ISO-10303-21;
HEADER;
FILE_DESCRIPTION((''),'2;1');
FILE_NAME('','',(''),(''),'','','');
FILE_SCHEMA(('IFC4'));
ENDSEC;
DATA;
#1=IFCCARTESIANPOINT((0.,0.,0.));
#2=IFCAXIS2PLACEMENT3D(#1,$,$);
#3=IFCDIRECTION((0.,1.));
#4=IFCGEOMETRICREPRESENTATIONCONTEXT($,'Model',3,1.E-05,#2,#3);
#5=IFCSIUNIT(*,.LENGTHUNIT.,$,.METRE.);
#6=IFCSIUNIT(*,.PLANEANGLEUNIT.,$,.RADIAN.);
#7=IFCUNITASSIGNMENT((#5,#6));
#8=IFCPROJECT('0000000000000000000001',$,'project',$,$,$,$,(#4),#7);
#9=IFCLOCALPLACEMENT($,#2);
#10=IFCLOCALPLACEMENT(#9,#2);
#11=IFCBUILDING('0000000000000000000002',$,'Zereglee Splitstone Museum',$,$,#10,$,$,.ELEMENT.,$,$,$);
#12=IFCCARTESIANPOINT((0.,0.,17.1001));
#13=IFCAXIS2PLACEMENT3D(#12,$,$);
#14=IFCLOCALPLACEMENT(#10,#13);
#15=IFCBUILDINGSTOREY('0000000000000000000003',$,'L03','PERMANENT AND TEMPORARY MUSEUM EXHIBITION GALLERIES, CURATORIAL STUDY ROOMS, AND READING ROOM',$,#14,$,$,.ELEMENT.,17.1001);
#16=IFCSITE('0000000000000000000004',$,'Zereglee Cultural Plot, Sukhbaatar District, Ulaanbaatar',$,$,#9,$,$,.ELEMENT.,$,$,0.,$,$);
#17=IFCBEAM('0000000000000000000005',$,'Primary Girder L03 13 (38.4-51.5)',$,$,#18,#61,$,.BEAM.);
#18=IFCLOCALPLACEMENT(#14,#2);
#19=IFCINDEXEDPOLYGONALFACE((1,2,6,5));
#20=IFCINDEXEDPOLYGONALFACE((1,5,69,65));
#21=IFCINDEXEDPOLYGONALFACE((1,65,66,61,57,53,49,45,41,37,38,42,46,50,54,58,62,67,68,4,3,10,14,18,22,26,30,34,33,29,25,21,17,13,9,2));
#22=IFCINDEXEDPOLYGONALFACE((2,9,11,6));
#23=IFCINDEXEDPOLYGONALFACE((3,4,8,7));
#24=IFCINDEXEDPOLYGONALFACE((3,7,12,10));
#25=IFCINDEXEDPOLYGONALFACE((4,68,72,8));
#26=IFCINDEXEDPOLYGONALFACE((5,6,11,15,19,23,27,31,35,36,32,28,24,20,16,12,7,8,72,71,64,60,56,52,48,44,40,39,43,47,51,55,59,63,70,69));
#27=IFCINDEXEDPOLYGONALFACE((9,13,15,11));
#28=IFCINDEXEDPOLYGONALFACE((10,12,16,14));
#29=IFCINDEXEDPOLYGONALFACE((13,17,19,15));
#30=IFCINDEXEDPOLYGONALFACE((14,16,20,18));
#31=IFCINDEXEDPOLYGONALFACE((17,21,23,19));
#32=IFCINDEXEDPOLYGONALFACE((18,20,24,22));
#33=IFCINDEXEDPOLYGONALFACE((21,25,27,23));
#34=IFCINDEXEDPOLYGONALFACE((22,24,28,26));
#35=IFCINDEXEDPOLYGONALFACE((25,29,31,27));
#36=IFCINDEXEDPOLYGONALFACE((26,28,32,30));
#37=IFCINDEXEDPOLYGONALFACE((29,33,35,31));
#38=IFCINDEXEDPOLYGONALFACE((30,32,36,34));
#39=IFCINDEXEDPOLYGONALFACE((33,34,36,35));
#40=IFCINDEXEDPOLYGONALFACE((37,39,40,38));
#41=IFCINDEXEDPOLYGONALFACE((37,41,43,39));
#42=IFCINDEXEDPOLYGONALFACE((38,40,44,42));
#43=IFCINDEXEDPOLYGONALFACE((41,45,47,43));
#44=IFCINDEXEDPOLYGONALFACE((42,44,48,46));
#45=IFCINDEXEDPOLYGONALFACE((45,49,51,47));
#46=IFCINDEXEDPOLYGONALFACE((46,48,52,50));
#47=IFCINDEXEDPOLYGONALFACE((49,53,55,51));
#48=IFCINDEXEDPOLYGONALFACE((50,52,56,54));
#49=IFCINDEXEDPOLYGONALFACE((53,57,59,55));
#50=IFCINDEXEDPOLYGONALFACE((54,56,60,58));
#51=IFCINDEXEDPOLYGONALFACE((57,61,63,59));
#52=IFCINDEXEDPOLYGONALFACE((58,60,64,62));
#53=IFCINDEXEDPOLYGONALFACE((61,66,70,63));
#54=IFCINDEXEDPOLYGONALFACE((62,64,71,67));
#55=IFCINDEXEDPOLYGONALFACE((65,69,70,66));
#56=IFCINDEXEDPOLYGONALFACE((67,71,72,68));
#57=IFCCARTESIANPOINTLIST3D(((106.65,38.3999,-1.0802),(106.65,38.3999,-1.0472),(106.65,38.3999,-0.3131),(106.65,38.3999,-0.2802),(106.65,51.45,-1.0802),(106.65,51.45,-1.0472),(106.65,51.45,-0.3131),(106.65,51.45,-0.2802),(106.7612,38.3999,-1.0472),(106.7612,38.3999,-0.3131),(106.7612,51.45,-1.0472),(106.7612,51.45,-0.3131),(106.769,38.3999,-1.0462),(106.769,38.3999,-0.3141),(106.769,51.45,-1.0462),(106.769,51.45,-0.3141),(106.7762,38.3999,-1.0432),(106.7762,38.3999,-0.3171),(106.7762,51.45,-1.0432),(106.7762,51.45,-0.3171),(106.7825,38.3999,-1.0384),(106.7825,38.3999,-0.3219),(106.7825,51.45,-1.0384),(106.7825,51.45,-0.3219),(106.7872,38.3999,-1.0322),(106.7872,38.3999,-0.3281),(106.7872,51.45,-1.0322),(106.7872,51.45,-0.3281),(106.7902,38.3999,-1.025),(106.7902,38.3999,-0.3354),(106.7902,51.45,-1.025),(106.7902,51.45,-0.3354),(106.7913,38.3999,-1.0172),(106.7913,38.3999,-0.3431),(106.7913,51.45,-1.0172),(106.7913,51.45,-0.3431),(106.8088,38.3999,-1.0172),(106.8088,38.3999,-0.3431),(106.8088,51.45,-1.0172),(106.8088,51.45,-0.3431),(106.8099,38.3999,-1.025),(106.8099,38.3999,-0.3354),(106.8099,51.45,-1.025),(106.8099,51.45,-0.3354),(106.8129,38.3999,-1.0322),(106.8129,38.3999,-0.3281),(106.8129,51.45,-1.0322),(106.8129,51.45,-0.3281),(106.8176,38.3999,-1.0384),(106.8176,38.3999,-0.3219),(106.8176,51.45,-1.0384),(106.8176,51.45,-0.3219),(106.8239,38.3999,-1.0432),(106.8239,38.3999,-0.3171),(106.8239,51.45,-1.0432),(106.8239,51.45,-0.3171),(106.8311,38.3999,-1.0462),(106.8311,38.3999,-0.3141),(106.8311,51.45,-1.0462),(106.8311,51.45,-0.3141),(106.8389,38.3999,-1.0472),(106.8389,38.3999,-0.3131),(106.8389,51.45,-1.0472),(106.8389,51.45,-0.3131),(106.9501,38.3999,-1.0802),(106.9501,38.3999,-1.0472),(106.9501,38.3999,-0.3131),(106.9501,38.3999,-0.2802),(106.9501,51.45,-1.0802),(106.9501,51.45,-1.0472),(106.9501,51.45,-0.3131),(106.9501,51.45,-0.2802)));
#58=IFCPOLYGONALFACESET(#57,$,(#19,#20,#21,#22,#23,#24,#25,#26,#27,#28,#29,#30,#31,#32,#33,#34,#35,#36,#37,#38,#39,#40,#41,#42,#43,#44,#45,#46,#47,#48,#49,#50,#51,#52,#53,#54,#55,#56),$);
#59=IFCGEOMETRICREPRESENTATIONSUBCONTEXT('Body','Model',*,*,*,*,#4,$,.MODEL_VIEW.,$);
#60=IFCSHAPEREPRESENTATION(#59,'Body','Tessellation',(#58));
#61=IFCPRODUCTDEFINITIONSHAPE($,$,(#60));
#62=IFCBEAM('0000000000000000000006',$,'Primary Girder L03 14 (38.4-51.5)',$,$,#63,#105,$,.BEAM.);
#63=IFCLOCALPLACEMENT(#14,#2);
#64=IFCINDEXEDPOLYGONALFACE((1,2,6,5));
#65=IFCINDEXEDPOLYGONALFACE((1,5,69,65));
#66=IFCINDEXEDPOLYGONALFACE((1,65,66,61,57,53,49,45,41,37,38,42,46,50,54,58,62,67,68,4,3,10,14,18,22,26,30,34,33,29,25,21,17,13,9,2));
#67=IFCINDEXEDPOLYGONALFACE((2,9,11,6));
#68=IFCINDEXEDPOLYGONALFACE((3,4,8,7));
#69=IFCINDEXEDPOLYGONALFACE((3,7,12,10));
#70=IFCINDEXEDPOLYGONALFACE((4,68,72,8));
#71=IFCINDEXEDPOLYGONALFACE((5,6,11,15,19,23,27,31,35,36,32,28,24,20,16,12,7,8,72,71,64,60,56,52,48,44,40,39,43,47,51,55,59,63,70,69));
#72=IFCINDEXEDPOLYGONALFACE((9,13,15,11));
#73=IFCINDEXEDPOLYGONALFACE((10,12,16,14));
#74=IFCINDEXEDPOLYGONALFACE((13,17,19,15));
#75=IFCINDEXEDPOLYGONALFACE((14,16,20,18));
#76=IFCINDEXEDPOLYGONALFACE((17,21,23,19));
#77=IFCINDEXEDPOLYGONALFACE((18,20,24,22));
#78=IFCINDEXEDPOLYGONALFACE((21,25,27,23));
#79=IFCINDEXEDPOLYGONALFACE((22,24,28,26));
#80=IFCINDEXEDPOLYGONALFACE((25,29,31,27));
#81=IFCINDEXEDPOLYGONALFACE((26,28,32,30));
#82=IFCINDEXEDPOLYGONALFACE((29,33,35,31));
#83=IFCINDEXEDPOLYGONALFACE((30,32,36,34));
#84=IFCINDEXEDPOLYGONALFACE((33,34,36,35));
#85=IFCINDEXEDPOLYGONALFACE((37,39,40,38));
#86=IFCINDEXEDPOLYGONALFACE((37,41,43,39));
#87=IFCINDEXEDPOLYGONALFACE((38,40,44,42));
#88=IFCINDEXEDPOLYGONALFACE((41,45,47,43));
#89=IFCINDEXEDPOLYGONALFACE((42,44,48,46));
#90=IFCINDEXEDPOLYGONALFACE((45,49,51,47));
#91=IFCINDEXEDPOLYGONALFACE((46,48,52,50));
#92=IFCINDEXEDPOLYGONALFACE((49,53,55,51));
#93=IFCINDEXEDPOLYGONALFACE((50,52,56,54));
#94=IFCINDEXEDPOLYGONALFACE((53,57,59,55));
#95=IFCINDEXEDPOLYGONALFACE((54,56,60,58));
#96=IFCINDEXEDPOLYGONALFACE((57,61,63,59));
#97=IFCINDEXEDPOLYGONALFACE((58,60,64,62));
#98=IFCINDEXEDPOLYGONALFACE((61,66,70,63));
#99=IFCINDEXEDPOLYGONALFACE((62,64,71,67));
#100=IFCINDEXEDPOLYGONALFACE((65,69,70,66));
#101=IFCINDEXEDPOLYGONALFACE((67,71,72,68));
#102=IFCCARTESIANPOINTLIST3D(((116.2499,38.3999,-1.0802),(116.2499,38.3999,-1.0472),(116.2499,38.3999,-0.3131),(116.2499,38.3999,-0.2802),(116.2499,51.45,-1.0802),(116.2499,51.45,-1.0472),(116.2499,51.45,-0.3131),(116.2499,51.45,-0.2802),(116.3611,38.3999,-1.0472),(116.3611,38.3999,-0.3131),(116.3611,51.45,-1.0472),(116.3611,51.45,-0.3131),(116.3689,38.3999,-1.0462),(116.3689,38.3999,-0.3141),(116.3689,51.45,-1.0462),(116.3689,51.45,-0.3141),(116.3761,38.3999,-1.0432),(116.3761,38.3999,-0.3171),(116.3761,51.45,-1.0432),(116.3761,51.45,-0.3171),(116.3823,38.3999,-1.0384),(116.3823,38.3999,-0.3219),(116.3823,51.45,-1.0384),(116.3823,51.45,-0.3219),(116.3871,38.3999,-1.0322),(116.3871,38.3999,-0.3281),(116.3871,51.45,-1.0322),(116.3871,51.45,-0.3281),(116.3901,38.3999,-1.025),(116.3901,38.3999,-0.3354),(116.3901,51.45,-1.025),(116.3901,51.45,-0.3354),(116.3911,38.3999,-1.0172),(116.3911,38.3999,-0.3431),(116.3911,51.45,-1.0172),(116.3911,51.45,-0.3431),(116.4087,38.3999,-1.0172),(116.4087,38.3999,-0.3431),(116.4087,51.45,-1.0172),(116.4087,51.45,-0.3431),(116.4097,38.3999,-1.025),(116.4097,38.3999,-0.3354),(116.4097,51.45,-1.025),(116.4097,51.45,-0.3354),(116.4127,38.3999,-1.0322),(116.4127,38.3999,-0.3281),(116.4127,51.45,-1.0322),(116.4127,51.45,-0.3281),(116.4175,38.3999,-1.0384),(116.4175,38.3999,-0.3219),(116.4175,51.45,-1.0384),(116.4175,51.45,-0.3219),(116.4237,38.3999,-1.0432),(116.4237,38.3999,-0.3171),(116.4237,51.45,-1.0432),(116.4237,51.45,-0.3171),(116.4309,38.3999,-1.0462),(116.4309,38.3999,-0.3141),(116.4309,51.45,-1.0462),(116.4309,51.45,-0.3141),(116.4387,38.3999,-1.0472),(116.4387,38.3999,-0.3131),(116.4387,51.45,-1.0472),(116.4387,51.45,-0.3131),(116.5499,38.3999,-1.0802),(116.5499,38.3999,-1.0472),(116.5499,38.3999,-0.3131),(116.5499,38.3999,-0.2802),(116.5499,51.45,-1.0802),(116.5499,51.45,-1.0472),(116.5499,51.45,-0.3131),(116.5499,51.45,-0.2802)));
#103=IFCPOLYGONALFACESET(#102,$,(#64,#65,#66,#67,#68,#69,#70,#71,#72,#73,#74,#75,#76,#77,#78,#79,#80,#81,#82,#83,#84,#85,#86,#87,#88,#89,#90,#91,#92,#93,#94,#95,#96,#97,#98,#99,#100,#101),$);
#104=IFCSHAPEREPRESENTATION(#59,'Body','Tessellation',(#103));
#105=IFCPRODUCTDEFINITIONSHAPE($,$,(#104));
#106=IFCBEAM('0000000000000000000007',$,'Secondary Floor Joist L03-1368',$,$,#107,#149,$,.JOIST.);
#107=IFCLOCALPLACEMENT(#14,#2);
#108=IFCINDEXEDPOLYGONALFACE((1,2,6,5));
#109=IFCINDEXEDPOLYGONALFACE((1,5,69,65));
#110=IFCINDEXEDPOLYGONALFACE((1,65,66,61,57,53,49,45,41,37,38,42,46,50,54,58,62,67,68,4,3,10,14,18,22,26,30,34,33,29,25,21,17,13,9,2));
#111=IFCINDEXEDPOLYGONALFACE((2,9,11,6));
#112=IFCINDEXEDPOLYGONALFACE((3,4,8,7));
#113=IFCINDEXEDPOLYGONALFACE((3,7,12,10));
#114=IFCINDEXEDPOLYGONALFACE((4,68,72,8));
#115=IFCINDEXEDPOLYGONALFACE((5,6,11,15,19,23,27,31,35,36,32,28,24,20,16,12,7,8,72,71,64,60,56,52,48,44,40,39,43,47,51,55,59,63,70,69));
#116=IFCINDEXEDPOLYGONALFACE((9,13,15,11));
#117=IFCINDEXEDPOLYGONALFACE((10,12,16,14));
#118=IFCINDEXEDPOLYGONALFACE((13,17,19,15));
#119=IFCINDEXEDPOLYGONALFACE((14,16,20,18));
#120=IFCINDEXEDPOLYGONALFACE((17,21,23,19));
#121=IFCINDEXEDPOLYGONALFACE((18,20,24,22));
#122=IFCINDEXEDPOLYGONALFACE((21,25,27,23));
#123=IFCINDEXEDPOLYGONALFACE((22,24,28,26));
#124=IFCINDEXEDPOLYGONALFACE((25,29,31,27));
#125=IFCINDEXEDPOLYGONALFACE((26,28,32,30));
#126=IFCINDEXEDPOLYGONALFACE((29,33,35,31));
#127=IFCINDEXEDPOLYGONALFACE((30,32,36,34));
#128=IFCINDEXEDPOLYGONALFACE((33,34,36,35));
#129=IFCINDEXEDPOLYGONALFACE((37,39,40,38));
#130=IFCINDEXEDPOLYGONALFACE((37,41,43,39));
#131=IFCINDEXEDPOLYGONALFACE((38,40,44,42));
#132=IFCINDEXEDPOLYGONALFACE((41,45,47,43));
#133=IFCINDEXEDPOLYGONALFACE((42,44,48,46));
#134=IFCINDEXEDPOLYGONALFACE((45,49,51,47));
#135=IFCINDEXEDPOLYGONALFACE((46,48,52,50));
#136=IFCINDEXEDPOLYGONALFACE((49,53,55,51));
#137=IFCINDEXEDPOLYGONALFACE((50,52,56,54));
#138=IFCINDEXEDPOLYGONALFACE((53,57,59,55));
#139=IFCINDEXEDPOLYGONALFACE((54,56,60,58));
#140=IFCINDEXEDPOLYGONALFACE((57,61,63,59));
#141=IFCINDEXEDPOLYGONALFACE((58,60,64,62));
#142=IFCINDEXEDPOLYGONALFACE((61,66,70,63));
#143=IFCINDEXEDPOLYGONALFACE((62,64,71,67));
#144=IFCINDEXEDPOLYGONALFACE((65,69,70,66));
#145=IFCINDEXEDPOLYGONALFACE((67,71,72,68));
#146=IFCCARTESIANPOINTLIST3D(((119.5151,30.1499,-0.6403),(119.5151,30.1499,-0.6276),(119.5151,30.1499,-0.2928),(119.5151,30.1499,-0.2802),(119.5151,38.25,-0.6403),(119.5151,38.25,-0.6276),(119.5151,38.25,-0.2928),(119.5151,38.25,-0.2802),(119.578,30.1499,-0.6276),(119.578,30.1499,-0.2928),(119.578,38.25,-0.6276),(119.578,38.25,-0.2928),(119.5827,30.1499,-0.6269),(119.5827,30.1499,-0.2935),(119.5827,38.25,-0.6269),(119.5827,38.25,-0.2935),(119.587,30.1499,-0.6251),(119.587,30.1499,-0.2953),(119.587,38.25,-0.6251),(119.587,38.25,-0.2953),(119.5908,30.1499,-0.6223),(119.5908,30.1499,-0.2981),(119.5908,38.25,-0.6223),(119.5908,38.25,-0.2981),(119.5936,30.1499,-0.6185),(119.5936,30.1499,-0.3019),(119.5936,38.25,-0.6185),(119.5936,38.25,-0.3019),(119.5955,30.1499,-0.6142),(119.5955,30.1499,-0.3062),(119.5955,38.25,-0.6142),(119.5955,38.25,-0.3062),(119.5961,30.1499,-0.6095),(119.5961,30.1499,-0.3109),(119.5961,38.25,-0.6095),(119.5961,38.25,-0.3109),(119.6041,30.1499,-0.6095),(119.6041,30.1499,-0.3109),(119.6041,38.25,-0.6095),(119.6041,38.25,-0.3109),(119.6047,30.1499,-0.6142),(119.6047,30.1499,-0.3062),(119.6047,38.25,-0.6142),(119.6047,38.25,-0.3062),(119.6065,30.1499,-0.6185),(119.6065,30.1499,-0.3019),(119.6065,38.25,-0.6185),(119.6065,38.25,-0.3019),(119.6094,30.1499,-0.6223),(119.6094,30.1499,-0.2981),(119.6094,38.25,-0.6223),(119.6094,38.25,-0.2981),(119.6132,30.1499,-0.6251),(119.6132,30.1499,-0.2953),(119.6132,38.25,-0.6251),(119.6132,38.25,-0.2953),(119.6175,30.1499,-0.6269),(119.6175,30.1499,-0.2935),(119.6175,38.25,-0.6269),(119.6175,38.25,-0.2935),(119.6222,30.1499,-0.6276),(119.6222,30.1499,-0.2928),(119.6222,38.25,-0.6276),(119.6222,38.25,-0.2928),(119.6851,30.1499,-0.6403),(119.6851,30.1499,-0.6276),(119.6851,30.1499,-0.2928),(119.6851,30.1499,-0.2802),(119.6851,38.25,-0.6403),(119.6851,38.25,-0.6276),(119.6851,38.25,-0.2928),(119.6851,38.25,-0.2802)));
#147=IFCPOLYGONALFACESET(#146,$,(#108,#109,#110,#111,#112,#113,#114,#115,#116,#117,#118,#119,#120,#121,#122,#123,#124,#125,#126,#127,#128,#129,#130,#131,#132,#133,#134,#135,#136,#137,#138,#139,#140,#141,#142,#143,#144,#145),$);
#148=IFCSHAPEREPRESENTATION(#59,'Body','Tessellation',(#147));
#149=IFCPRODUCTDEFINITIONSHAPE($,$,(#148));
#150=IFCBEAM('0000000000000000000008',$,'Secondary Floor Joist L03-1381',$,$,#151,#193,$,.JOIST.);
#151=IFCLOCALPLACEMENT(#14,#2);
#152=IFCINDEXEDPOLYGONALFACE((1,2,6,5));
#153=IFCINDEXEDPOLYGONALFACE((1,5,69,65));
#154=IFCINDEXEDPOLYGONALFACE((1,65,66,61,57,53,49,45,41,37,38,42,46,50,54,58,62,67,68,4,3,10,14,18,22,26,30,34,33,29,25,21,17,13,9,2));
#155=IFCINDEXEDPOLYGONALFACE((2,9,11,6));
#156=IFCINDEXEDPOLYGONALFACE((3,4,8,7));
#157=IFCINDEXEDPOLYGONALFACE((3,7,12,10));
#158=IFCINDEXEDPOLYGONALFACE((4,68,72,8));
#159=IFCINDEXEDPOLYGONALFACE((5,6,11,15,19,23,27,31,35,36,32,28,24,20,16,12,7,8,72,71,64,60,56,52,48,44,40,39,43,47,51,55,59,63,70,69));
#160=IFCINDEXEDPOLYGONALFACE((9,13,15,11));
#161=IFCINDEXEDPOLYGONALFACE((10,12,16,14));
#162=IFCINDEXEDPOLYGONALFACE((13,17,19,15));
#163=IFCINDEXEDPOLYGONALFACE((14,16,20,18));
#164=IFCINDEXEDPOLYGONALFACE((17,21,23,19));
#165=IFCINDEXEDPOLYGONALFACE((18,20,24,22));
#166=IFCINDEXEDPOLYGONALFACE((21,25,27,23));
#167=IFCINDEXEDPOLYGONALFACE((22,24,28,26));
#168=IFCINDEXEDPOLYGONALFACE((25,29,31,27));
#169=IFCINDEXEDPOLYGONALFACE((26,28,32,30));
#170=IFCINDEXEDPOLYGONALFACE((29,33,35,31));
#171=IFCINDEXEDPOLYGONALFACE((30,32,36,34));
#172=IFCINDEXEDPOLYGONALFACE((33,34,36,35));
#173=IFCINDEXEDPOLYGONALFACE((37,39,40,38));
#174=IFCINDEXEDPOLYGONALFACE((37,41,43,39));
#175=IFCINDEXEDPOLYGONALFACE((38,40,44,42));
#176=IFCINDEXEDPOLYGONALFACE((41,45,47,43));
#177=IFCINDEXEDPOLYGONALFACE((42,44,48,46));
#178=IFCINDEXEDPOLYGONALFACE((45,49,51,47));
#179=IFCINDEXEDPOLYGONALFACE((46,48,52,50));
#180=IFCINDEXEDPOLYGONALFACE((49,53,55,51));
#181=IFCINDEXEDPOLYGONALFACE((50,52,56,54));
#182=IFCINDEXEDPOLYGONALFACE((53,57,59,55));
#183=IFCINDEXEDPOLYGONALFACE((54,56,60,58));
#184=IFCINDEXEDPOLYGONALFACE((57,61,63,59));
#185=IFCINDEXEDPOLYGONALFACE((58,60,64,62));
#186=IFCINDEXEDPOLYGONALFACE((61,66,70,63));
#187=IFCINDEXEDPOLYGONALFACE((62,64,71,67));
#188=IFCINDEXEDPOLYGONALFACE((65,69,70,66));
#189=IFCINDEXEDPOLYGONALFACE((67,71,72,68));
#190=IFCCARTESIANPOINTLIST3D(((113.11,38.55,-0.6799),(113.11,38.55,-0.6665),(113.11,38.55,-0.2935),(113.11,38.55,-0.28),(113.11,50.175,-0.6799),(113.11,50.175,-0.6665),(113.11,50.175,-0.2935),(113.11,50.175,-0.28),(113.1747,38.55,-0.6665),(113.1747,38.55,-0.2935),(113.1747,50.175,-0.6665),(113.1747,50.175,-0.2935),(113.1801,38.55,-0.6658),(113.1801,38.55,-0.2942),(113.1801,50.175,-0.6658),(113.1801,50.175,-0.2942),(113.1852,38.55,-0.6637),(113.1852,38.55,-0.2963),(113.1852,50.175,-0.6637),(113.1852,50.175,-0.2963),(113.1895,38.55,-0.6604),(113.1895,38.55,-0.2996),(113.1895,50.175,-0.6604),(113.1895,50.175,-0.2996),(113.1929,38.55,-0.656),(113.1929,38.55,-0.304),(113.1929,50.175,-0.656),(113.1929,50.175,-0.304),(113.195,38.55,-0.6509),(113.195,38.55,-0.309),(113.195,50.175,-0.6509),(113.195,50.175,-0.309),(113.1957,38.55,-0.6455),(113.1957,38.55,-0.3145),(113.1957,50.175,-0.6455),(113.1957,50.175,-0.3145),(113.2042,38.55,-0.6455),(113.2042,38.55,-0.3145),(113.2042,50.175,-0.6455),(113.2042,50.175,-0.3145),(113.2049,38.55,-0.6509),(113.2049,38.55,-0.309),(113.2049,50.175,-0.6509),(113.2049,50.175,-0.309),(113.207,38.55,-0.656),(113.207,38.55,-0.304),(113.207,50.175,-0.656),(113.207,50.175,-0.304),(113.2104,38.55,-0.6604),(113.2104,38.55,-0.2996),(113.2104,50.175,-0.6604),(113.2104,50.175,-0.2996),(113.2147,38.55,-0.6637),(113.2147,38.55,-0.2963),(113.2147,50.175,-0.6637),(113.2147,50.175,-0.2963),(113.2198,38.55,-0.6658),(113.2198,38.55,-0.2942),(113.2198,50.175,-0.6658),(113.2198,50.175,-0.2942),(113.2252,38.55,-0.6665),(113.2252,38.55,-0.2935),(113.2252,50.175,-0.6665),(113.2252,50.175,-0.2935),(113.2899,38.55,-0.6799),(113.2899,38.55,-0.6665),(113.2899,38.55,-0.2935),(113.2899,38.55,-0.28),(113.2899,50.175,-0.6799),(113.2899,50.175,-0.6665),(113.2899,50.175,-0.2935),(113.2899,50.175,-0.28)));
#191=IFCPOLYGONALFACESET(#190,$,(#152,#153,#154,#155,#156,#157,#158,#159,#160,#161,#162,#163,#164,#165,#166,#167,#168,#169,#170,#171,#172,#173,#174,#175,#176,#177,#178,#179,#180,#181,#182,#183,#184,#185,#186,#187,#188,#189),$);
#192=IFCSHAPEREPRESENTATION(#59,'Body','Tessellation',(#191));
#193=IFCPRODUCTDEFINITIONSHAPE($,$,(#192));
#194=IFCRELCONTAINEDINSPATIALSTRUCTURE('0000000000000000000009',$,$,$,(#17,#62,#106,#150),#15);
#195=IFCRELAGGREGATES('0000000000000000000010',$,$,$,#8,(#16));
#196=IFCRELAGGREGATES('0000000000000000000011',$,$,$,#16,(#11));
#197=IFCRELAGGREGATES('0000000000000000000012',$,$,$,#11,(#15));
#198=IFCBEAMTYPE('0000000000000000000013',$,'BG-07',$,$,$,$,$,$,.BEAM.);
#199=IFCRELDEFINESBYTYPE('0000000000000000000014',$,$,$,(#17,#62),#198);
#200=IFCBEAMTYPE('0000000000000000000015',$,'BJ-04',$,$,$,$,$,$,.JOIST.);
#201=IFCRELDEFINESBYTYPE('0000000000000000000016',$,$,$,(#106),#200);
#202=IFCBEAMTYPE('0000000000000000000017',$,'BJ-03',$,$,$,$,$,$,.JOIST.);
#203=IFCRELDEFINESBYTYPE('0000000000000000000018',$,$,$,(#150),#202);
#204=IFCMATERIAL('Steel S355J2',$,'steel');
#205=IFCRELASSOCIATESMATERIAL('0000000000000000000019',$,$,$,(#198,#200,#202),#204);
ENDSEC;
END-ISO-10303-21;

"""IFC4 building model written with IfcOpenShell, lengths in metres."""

from ifc_helpers import new_model, si_unit, direction, frame, origin, origin_2d, place, context, subcontext, project, spatial, i_section, extrude, material, material_profile, profile_set, type_object, element, save


model = new_model("IFC4")

# Units and contexts
model_context = context("Model", 3, precision=1e-05, world=origin(), true_north=direction((0.0, 1.0)))
body_context = subcontext(model_context, "Body", "Model", "MODEL_VIEW")
ifc_project = project(units=[si_unit("LENGTHUNIT", "METRE"), si_unit("PLANEANGLEUNIT", "RADIAN")], contexts=[model_context])

# Site, building, storey
site_placement = place(None, origin())
site = spatial("IfcSite", under=ifc_project, at=site_placement, Name="Zereglee Cultural Plot, Sukhbaatar District, Ulaanbaatar", CompositionType="ELEMENT", RefElevation=0.0)
building_placement = place(site_placement, origin())
building = spatial("IfcBuilding", under=site, at=building_placement, Name="Zereglee Splitstone Museum", CompositionType="ELEMENT")
storey_placement = place(building_placement, frame((0.0, 0.0, 17.1001)))
storey = spatial("IfcBuildingStorey", under=building, at=storey_placement, Name="L03", Description="PERMANENT AND TEMPORARY MUSEUM EXHIBITION GALLERIES, CURATORIAL STUDY ROOMS, AND READING ROOM", CompositionType="ELEMENT", Elevation=17.1001)

# Shared definitions
ifc_material_1 = material(Name="Steel S355J2", Category="steel")

# Beams
ifc_material_profile_1 = material_profile(ifc_material_1, i_section(OverallWidth=0.3, OverallDepth=0.8, WebThickness=0.0176, FlangeThickness=0.033, FilletRadius=0.03, at=origin_2d()), Name="HE 800 B")
ifc_profile_set_1 = profile_set([ifc_material_profile_1], Name="Steel S355J2")
beam_type_1 = type_object("IfcBeamType", Name="BG-07", PredefinedType="BEAM", material=ifc_profile_set_1)
for number, where, z_axis, x_axis, name in (
    (1, (106.8, 38.3999, -0.6802), (0.0, 1.0, 0.0), (-1.0, 0.0, 0.0), "Primary Girder L03 13 (38.4-51.5)"),
    (2, (116.3999, 38.3999, -0.6802), (0.0, 1.0, 0.0), (-1.0, 0.0, 0.0), "Primary Girder L03 14 (38.4-51.5)"),
):
    element("IfcBeam", number, at=place(storey_placement, frame(where, z_axis=z_axis, x_axis=x_axis)), inside=storey, type_object=beam_type_1, Name=name, PredefinedType="BEAM", context=body_context, shape_type="SweptSolid", body=[
        extrude(i_section(OverallWidth=0.3, OverallDepth=0.8, WebThickness=0.0176, FlangeThickness=0.033, FilletRadius=0.03, at=origin_2d()), origin(), (0.0, 0.0, 1.0), 13.05),
    ])
ifc_material_profile_2 = material_profile(ifc_material_1, i_section(OverallWidth=0.1699, OverallDepth=0.3601, WebThickness=0.0081, FlangeThickness=0.0127, FilletRadius=0.0181, at=origin_2d()), Name="IPE 360")
ifc_profile_set_2 = profile_set([ifc_material_profile_2], Name="Steel S355J2")
beam_type_2 = type_object("IfcBeamType", Name="BJ-04", PredefinedType="JOIST", material=ifc_profile_set_2)
beam_1_placement = place(storey_placement, frame((119.6001, 30.1499, -0.4602), z_axis=(0.0, 1.0, 0.0), x_axis=(-1.0, 0.0, 0.0)))
element("IfcBeam", 3, at=beam_1_placement, inside=storey, type_object=beam_type_2, Name="Secondary Floor Joist L03-1368", PredefinedType="JOIST", context=body_context, shape_type="SweptSolid", body=[
    extrude(i_section(OverallWidth=0.1699, OverallDepth=0.3601, WebThickness=0.0081, FlangeThickness=0.0127, FilletRadius=0.0181, at=origin_2d()), origin(), (0.0, 0.0, 1.0), 8.1001),
])
ifc_material_profile_3 = material_profile(ifc_material_1, i_section(OverallWidth=0.1799, OverallDepth=0.3999, WebThickness=0.0085, FlangeThickness=0.0134, FilletRadius=0.021, at=origin_2d()), Name="IPE 400")
ifc_profile_set_3 = profile_set([ifc_material_profile_3], Name="Steel S355J2")
beam_type_3 = type_object("IfcBeamType", Name="BJ-03", PredefinedType="JOIST", material=ifc_profile_set_3)
beam_2_placement = place(storey_placement, frame((113.2, 38.55, -0.48), z_axis=(0.0, 1.0, 0.0), x_axis=(-1.0, 0.0, 0.0)))
element("IfcBeam", 4, at=beam_2_placement, inside=storey, type_object=beam_type_3, Name="Secondary Floor Joist L03-1381", PredefinedType="JOIST", context=body_context, shape_type="SweptSolid", body=[
    extrude(i_section(OverallWidth=0.1799, OverallDepth=0.3999, WebThickness=0.0085, FlangeThickness=0.0134, FilletRadius=0.021, at=origin_2d()), origin(), (0.0, 0.0, 1.0), 11.625),
])

save(model, "model.ifc")
